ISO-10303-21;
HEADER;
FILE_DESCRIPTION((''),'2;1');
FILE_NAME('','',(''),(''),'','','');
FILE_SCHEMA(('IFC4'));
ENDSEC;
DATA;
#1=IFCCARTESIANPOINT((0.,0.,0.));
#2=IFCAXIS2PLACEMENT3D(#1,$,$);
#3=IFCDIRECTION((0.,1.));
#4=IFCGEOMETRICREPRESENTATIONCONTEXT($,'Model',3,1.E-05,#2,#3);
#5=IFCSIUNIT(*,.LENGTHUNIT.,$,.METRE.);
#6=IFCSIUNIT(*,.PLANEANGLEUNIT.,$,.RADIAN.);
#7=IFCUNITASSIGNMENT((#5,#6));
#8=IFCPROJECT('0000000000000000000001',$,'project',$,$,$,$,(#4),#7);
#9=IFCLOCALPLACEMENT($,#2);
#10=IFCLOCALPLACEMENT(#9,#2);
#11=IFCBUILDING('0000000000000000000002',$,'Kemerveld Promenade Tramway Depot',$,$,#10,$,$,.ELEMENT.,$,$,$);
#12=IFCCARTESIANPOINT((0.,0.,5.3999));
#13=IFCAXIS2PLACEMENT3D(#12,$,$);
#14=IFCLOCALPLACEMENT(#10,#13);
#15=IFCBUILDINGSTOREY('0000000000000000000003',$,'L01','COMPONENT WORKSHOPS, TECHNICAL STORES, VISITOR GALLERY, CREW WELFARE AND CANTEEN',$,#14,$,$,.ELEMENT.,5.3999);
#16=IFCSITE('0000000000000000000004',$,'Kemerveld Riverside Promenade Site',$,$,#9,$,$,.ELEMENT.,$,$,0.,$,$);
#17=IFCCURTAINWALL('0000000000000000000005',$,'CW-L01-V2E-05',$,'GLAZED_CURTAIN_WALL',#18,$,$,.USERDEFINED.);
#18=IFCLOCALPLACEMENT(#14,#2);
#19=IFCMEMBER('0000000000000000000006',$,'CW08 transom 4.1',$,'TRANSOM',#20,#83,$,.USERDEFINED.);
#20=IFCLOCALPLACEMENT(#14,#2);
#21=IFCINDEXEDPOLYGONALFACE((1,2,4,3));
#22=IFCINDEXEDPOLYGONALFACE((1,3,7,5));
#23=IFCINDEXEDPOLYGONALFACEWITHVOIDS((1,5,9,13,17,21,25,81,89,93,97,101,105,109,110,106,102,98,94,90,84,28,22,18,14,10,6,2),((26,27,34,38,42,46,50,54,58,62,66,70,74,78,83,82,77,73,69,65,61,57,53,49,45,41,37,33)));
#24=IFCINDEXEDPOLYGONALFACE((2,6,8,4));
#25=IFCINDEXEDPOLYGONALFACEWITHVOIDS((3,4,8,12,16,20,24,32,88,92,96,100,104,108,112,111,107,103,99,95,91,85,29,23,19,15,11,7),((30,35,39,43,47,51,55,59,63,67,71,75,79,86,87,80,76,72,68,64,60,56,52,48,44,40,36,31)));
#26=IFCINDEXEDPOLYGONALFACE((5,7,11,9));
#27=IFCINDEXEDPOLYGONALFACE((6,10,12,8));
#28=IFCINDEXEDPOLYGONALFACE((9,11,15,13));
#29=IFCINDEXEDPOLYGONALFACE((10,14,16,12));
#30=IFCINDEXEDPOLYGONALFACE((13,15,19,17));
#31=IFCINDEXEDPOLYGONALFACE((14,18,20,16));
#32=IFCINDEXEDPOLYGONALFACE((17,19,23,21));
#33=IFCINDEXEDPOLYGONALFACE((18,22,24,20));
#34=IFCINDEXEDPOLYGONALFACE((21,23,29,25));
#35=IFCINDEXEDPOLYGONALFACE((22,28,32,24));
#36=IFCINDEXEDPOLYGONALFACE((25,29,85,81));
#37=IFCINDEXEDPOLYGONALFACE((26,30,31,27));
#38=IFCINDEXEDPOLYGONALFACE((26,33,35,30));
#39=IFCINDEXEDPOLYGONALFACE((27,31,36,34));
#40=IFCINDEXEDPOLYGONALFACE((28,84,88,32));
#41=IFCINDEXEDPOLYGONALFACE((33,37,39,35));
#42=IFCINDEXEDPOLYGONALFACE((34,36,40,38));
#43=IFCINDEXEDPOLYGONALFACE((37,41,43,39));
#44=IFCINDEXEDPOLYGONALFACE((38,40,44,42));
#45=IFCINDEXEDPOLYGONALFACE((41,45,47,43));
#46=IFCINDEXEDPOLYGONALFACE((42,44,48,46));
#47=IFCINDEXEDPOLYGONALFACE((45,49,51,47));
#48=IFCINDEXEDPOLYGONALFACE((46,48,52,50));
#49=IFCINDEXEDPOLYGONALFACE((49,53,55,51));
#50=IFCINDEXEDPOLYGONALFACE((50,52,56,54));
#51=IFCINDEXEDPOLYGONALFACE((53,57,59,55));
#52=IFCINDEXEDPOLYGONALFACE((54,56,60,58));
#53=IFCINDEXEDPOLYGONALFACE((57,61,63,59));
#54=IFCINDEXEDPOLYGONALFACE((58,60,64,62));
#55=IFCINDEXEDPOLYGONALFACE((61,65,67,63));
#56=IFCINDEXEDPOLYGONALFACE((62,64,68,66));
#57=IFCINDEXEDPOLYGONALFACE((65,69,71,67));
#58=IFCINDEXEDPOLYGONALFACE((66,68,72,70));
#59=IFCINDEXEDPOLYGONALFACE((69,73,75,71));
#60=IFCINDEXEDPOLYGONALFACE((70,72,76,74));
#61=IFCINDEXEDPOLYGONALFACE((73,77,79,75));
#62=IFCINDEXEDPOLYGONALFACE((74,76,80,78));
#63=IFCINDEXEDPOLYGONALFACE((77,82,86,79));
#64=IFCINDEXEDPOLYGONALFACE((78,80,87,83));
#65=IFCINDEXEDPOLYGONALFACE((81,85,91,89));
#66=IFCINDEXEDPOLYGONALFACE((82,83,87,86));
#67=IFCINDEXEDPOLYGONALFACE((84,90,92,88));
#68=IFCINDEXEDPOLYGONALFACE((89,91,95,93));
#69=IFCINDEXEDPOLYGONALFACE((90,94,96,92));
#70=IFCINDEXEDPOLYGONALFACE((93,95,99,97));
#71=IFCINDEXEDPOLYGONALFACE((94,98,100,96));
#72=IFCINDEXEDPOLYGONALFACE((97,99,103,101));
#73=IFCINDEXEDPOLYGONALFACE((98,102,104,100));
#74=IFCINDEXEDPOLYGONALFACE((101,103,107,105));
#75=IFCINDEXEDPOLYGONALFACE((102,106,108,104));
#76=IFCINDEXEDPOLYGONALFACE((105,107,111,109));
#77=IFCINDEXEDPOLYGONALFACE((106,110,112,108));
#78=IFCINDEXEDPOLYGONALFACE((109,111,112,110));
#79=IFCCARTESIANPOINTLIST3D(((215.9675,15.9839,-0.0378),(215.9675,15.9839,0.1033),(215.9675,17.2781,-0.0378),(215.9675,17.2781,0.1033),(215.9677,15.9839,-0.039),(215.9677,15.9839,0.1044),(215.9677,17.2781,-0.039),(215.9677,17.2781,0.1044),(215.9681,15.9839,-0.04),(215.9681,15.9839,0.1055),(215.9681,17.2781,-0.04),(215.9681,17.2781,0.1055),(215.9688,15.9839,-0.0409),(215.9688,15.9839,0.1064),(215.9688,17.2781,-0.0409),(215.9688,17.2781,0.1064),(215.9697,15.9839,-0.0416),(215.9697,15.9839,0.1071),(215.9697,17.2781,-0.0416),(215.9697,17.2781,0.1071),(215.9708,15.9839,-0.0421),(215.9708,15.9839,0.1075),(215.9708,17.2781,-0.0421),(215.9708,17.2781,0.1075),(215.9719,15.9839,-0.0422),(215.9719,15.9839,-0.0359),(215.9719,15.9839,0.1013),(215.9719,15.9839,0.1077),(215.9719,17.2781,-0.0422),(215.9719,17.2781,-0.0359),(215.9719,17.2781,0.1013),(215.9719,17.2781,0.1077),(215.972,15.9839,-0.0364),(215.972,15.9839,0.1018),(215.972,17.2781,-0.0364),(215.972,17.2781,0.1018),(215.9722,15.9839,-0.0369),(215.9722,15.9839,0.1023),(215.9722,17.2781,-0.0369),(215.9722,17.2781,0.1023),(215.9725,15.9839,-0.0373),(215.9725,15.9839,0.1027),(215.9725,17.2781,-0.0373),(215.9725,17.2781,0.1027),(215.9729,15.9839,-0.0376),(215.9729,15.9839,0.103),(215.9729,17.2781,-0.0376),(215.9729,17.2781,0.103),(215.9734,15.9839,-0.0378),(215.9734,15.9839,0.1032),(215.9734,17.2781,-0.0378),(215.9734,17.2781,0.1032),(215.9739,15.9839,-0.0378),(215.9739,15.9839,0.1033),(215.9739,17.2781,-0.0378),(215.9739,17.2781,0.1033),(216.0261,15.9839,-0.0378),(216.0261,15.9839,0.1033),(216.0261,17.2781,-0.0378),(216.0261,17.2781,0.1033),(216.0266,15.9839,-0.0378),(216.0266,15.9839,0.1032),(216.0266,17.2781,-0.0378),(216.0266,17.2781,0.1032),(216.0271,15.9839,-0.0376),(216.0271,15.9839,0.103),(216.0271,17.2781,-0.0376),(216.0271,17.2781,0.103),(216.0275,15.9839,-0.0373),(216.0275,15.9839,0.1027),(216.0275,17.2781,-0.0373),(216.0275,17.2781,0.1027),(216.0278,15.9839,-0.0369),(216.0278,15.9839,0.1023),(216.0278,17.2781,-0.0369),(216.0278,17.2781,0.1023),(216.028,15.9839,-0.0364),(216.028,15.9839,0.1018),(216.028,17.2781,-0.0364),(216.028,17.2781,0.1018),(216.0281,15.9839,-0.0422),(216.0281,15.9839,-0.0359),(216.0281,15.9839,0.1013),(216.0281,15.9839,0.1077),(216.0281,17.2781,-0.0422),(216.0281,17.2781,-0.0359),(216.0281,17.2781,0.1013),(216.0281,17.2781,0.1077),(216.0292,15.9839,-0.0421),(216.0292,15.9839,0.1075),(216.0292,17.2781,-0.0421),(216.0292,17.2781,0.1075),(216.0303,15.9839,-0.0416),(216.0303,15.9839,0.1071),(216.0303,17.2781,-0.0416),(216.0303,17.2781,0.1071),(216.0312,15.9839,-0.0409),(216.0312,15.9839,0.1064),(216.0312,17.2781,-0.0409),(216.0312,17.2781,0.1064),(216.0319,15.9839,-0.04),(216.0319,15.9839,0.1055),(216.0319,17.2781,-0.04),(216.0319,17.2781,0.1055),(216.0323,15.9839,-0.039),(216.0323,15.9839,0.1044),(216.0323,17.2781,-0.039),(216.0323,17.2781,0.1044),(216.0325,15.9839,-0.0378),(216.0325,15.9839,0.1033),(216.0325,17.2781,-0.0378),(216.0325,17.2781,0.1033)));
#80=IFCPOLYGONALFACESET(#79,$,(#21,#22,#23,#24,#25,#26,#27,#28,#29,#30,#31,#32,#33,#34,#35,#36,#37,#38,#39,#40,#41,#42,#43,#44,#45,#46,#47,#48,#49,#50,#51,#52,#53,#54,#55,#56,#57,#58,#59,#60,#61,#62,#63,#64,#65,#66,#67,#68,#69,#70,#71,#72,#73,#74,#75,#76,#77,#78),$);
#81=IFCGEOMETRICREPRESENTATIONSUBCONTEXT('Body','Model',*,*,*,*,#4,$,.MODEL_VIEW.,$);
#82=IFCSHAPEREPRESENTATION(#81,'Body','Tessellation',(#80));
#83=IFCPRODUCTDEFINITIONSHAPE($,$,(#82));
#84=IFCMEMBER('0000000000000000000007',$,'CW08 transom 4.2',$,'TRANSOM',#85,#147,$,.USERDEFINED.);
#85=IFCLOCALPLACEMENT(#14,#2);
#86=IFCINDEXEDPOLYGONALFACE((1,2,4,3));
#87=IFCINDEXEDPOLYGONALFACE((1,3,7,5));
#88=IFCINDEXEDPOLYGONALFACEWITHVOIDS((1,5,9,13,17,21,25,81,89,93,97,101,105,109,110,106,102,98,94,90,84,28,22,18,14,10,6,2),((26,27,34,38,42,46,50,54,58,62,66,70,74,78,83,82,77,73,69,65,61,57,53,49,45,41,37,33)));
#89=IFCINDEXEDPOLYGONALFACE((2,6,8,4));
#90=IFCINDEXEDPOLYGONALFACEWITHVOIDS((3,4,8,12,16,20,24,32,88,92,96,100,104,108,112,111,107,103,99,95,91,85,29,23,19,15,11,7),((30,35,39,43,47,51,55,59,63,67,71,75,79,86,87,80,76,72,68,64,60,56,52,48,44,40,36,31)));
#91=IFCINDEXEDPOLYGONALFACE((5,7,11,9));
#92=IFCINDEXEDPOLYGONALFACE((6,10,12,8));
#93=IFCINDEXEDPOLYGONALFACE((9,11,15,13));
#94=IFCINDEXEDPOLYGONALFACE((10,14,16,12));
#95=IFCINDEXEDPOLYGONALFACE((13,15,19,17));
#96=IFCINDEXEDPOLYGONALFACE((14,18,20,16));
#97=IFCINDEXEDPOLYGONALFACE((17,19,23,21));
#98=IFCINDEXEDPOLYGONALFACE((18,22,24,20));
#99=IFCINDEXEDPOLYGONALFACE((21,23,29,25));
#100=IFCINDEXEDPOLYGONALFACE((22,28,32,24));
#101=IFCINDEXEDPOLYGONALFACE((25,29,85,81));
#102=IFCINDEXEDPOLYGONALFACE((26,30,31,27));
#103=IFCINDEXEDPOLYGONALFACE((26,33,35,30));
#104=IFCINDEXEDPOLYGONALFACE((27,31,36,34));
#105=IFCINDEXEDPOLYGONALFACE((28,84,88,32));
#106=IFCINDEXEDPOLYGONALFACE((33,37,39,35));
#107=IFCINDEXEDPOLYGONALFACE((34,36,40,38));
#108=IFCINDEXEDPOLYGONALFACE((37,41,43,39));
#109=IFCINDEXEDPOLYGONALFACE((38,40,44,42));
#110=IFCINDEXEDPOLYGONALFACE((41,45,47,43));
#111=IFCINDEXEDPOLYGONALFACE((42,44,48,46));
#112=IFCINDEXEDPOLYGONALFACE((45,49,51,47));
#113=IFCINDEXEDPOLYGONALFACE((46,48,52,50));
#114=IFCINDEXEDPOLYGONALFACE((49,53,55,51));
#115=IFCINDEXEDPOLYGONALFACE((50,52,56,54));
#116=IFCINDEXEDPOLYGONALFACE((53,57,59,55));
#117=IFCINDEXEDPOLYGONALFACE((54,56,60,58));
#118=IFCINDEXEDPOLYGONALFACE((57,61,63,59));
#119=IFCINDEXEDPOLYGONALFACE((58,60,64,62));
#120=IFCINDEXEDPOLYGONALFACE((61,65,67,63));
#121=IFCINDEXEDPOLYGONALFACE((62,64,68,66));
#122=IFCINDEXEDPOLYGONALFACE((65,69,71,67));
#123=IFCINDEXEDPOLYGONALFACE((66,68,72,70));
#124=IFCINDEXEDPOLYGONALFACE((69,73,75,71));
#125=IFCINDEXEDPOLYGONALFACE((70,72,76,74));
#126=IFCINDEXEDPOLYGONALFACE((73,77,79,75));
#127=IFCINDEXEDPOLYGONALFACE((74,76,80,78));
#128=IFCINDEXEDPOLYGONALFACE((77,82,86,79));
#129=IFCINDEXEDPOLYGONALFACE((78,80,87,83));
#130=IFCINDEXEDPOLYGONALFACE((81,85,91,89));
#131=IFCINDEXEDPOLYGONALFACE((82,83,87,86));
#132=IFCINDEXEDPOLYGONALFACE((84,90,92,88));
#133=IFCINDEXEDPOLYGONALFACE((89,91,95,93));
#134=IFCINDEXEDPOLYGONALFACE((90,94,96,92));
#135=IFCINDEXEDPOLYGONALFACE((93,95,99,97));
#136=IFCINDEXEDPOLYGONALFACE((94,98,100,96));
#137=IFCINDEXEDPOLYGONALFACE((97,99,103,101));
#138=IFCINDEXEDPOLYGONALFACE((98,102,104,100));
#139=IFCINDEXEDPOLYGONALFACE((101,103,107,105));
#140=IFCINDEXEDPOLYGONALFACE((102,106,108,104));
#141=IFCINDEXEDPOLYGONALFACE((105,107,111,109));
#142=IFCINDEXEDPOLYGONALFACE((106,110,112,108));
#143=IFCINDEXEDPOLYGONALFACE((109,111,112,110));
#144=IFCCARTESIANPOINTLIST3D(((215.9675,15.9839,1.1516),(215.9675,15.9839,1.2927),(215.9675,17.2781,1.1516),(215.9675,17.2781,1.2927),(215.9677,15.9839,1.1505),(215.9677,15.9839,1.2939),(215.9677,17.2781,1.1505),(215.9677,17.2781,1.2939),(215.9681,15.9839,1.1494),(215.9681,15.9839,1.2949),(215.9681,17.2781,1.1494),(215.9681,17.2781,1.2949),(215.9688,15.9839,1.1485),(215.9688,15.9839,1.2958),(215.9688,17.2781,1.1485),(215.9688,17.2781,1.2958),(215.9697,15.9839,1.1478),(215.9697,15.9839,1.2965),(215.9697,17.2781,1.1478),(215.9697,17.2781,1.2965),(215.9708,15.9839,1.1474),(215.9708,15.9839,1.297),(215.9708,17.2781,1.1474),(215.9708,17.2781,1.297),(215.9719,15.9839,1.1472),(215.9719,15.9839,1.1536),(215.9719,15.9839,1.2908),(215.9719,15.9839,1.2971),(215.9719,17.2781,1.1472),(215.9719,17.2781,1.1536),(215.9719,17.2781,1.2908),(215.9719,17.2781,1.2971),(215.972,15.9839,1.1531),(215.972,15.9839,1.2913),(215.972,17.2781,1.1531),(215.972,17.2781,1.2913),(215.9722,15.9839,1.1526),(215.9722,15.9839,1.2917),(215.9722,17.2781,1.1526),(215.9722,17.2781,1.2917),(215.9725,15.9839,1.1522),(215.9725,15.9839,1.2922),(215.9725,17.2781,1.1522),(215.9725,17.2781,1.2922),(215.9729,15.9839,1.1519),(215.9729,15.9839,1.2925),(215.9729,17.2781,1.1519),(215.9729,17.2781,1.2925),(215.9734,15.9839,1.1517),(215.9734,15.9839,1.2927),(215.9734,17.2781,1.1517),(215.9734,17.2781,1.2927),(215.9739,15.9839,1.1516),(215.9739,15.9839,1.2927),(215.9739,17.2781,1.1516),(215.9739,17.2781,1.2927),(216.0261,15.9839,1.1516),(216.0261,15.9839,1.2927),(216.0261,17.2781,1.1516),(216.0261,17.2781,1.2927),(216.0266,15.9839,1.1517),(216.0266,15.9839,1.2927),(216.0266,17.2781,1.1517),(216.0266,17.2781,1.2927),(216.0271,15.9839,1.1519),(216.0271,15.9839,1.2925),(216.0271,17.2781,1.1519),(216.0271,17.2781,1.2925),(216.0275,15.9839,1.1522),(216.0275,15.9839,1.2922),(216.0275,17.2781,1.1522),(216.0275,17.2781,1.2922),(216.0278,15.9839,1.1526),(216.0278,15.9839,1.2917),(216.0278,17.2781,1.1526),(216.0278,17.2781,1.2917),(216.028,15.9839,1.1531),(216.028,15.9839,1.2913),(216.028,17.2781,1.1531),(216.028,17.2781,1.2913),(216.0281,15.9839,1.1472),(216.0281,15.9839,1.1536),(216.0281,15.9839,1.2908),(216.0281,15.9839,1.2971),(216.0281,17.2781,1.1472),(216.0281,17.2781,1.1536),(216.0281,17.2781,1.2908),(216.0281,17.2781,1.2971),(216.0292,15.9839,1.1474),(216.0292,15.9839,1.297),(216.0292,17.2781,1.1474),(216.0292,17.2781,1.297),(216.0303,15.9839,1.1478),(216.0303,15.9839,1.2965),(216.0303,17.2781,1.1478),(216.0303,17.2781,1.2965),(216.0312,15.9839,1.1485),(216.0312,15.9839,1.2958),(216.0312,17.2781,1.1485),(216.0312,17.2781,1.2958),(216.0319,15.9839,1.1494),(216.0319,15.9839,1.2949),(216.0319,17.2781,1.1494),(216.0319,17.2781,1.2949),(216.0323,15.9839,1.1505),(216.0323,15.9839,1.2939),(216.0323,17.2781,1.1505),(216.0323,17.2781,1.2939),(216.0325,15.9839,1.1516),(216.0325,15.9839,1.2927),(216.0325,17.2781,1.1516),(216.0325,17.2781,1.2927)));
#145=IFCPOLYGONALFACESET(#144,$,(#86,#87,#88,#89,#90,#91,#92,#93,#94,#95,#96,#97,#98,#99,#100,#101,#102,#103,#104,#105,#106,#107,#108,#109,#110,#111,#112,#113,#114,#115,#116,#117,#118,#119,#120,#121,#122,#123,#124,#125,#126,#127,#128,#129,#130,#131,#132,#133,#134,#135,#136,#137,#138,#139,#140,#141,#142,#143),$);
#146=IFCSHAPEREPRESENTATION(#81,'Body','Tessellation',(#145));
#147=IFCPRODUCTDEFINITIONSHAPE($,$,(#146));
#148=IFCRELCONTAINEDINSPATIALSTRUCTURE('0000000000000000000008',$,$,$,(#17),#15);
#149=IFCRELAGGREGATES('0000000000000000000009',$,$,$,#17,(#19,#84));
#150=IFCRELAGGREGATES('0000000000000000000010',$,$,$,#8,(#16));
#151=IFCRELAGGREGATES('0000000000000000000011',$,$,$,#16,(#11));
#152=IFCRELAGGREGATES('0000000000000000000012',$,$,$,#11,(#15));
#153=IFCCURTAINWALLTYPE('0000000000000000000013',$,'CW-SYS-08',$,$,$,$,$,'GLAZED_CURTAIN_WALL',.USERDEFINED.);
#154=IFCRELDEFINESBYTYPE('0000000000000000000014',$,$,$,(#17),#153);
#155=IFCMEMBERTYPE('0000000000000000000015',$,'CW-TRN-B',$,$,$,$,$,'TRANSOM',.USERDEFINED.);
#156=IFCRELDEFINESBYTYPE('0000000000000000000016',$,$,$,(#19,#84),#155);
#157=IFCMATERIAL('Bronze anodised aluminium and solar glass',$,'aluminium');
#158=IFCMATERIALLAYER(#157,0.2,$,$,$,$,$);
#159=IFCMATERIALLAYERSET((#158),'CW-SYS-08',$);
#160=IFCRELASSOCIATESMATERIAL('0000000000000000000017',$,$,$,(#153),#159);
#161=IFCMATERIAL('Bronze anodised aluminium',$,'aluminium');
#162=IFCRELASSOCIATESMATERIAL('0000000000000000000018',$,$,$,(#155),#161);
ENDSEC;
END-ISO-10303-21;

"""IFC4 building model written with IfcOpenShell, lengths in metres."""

from ifc_helpers import new_model, si_unit, direction, frame, origin, origin_2d, place, context, subcontext, project, spatial, hollow_rectangle, extrude, material, layer, layer_set, material_profile, profile_set, type_object, element, aggregate, save


model = new_model("IFC4")

# Units and contexts
model_context = context("Model", 3, precision=1e-05, world=origin(), true_north=direction((0.0, 1.0)))
body_context = subcontext(model_context, "Body", "Model", "MODEL_VIEW")
ifc_project = project(units=[si_unit("LENGTHUNIT", "METRE"), si_unit("PLANEANGLEUNIT", "RADIAN")], contexts=[model_context])

# Site, building, storey
site_placement = place(None, origin())
site = spatial("IfcSite", under=ifc_project, at=site_placement, Name="Kemerveld Riverside Promenade Site", CompositionType="ELEMENT", RefElevation=0.0)
building_placement = place(site_placement, origin())
building = spatial("IfcBuilding", under=site, at=building_placement, Name="Kemerveld Promenade Tramway Depot", CompositionType="ELEMENT")
storey_placement = place(building_placement, frame((0.0, 0.0, 5.3999)))
storey = spatial("IfcBuildingStorey", under=building, at=storey_placement, Name="L01", Description="COMPONENT WORKSHOPS, TECHNICAL STORES, VISITOR GALLERY, CREW WELFARE AND CANTEEN", CompositionType="ELEMENT", Elevation=5.3999)

# Curtain wall, members
ifc_material_1 = material(Name="Bronze anodised aluminium and solar glass", Category="aluminium")
ifc_layer_1 = layer(ifc_material_1, 0.2)
ifc_layer_set_1 = layer_set([ifc_layer_1], Name="CW-SYS-08")
curtain_wall_type = type_object("IfcCurtainWallType", Name="CW-SYS-08", ElementType="GLAZED_CURTAIN_WALL", PredefinedType="USERDEFINED", material=ifc_layer_set_1)
curtain_wall_placement = place(storey_placement, origin())
curtain_wall = element("IfcCurtainWall", 1, at=curtain_wall_placement, inside=storey, type_object=curtain_wall_type, Name="CW-L01-V2E-05", ObjectType="GLAZED_CURTAIN_WALL", PredefinedType="USERDEFINED")
ifc_material_2 = material(Name="Bronze anodised aluminium", Category="aluminium")
ifc_material_profile_1 = material_profile(ifc_material_2, hollow_rectangle(XDim=0.0649, YDim=0.1499, WallThickness=0.0044, InnerFilletRadius=0.002, OuterFilletRadius=0.0044, at=origin_2d()), Name="CW-TRN-150x65")
ifc_profile_set_1 = profile_set([ifc_material_profile_1], Name="Bronze anodised aluminium")
member_type_1 = type_object("IfcMemberType", Name="CW-TRN-B", ElementType="TRANSOM", PredefinedType="USERDEFINED", material=ifc_profile_set_1)
member_1_placement = place(storey_placement, frame((216.0, 17.2781, 0.0327), z_axis=(0.0, -1.0, 0.0), x_axis=(1.0, 0.0, 0.0)))
member_1 = element("IfcMember", 2, at=member_1_placement, type_object=member_type_1, Name="CW08 transom 4.1", ObjectType="TRANSOM", PredefinedType="USERDEFINED", context=body_context, shape_type="SweptSolid", body=[
    extrude(hollow_rectangle(XDim=0.0649, YDim=0.1499, WallThickness=0.0044, InnerFilletRadius=0.002, OuterFilletRadius=0.0044, at=origin_2d()), origin(), (0.0, 0.0, 1.0), 1.2942),
])
member_2_placement = place(storey_placement, frame((216.0, 17.2781, 1.2222), z_axis=(0.0, -1.0, 0.0), x_axis=(1.0, 0.0, 0.0)))
member_2 = element("IfcMember", 3, at=member_2_placement, type_object=member_type_1, Name="CW08 transom 4.2", ObjectType="TRANSOM", PredefinedType="USERDEFINED", context=body_context, shape_type="SweptSolid", body=[
    extrude(hollow_rectangle(XDim=0.0649, YDim=0.1499, WallThickness=0.0044, InnerFilletRadius=0.002, OuterFilletRadius=0.0044, at=origin_2d()), origin(), (0.0, 0.0, 1.0), 1.2942),
])
aggregate(curtain_wall, [member_1, member_2])

save(model, "model.ifc")
